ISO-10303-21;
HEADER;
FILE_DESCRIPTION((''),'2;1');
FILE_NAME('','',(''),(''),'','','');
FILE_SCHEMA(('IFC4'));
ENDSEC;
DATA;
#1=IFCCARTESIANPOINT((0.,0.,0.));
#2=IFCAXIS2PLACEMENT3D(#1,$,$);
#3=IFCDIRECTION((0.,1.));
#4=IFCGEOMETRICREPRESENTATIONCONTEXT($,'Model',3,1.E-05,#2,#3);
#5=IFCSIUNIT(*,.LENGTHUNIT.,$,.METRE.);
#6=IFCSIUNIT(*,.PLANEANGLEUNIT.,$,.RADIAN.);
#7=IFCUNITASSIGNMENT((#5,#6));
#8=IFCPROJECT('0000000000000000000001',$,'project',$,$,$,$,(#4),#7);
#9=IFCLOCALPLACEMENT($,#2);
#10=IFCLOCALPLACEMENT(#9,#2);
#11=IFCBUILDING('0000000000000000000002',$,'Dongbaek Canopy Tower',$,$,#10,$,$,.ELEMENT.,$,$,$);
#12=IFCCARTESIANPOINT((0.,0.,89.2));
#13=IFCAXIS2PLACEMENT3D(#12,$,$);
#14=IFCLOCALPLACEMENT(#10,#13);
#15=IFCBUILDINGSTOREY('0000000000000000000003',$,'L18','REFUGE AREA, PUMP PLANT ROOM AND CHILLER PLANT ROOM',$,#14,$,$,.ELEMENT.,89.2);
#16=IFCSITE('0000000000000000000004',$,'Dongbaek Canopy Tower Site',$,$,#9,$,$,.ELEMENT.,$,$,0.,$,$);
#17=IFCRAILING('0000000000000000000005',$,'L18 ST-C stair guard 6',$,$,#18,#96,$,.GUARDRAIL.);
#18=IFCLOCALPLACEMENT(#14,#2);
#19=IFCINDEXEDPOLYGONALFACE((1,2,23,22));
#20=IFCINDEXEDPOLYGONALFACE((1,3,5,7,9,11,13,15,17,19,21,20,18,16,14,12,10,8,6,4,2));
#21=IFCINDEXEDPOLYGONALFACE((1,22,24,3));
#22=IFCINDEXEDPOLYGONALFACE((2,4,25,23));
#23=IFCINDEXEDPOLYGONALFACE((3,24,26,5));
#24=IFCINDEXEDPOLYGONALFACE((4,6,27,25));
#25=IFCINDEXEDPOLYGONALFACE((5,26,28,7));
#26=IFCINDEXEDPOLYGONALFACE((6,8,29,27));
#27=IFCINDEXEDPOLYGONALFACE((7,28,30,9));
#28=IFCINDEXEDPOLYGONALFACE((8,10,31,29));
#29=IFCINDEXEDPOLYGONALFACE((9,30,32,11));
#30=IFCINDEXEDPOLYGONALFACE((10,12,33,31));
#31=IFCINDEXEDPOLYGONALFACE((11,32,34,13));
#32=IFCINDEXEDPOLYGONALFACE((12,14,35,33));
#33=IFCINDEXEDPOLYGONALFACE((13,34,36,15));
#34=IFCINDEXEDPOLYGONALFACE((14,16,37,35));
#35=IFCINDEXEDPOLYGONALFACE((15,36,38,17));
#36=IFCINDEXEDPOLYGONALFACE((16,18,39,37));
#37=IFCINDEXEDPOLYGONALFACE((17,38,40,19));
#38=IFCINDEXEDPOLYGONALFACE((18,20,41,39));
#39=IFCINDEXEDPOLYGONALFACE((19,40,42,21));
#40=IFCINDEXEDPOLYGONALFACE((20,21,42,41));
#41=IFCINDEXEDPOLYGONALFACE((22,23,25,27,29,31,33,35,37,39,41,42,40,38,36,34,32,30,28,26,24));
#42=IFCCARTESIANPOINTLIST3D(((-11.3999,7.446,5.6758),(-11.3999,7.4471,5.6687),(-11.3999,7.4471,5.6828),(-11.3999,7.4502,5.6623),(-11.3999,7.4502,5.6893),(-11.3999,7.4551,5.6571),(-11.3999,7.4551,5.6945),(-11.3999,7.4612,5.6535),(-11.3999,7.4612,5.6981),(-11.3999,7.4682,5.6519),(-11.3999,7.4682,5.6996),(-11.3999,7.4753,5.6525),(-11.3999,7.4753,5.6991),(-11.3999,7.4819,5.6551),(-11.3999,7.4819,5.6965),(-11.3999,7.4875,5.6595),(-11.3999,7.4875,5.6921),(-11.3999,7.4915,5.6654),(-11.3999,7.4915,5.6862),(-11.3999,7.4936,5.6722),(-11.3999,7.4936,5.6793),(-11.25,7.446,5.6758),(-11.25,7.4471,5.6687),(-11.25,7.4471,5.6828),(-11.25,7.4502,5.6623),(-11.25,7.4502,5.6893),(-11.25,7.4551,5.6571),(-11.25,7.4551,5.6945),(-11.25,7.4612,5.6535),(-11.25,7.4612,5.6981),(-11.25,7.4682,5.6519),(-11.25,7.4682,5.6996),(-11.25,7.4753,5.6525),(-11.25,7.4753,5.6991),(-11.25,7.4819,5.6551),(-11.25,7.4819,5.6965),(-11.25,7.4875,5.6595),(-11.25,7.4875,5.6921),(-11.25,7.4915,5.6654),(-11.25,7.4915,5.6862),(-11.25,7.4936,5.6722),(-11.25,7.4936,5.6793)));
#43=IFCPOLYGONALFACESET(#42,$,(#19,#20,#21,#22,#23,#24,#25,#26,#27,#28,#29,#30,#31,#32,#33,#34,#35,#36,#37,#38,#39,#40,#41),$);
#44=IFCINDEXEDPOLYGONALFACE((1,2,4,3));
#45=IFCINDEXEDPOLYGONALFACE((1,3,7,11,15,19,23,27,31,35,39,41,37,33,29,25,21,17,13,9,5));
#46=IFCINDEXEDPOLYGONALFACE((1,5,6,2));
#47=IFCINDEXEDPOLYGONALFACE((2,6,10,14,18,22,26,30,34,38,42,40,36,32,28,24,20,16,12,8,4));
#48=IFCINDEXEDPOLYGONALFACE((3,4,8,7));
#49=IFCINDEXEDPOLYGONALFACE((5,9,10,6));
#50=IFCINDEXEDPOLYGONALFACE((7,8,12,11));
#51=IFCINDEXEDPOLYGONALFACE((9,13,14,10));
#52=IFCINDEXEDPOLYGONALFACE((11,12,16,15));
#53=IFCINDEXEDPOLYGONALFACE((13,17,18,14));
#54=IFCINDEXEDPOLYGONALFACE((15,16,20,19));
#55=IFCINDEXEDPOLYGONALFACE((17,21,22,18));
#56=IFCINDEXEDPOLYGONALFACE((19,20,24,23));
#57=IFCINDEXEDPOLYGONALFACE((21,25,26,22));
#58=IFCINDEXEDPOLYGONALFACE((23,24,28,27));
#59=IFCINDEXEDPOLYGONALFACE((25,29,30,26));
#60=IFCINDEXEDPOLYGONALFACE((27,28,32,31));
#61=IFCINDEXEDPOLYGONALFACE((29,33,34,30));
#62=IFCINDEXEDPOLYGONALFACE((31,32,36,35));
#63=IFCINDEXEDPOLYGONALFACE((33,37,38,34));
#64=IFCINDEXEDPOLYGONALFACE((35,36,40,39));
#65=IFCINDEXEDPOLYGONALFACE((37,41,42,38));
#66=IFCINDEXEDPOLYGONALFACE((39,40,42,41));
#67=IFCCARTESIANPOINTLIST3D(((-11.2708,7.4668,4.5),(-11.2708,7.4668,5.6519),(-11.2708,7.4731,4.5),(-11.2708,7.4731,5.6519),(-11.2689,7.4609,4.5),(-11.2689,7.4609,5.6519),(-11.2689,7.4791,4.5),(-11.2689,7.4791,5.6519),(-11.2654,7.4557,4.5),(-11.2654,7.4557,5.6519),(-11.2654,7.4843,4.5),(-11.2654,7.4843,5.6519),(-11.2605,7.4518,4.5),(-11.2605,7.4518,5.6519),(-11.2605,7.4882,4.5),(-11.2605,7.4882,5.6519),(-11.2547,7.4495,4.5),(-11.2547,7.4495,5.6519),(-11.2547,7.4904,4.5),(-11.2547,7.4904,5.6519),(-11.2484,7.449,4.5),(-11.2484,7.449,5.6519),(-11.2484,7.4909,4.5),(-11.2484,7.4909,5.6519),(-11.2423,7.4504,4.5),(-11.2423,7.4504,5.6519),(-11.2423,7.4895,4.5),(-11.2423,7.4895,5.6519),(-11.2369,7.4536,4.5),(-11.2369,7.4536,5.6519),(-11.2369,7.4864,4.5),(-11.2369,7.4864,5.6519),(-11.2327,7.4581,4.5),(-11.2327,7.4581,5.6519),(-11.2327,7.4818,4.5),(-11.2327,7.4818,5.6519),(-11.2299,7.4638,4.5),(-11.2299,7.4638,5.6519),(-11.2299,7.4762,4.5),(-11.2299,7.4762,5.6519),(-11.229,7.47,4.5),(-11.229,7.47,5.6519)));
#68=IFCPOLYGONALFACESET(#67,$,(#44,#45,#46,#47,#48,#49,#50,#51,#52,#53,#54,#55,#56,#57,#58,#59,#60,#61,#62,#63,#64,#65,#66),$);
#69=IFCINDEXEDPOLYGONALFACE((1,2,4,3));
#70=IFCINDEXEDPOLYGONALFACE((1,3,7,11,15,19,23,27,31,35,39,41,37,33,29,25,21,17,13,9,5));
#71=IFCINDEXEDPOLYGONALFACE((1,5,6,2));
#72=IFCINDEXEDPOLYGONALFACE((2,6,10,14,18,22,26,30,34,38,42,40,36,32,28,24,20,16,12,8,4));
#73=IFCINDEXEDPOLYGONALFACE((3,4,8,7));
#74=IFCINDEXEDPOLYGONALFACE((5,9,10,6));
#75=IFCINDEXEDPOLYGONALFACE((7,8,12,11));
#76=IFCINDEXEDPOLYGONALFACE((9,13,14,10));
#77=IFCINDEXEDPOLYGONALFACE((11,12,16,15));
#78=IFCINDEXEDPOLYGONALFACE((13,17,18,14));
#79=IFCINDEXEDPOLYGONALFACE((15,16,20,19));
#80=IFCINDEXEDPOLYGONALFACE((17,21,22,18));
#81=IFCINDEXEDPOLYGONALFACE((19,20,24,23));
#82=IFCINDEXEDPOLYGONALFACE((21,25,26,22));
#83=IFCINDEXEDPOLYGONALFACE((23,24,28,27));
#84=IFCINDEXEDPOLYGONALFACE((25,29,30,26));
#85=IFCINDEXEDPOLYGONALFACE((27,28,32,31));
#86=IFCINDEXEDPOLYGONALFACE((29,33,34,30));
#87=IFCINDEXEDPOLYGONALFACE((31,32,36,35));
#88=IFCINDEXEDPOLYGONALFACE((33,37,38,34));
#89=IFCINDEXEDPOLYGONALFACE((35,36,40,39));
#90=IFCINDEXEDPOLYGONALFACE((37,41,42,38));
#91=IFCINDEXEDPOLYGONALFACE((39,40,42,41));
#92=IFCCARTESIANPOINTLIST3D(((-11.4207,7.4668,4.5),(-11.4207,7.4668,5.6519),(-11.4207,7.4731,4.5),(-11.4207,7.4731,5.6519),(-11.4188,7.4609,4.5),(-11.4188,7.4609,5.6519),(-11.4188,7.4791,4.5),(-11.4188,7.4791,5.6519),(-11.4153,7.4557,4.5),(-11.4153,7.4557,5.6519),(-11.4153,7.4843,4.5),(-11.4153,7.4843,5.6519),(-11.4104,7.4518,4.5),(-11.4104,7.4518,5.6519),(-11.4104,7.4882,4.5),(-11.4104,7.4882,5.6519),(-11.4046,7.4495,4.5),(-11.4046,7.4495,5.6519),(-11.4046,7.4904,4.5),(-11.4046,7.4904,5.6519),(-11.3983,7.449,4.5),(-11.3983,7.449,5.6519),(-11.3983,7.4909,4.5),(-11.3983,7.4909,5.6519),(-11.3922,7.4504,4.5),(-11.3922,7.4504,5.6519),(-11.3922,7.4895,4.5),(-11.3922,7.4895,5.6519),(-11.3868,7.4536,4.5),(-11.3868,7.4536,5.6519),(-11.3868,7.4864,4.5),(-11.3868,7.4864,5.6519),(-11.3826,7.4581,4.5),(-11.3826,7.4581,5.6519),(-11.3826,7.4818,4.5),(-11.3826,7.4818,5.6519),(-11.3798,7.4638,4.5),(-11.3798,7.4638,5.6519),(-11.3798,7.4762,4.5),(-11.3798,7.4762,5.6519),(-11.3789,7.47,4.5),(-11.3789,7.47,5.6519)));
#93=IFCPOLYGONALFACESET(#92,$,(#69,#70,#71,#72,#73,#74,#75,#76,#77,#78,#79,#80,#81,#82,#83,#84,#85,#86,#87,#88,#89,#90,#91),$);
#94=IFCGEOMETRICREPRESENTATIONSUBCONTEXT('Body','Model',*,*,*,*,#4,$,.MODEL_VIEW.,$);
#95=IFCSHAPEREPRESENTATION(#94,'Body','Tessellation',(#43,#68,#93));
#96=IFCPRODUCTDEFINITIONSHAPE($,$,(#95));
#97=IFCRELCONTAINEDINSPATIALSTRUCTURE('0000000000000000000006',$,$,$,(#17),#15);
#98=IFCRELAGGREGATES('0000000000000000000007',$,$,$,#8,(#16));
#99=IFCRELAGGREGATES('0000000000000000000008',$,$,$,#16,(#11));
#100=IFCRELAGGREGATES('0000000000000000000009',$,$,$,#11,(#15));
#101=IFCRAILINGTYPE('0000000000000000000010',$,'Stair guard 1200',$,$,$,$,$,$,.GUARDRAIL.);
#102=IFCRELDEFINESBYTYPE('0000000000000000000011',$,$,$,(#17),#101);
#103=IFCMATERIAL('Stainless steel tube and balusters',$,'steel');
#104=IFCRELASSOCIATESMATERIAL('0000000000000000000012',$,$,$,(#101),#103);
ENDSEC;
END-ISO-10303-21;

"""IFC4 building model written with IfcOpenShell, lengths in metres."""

from ifc_helpers import new_model, si_unit, direction, frame, origin, origin_2d, place, context, subcontext, project, spatial, circle, extrude, material, type_object, element, save


model = new_model("IFC4")

# Units and contexts
model_context = context("Model", 3, precision=1e-05, world=origin(), true_north=direction((0.0, 1.0)))
body_context = subcontext(model_context, "Body", "Model", "MODEL_VIEW")
ifc_project = project(units=[si_unit("LENGTHUNIT", "METRE"), si_unit("PLANEANGLEUNIT", "RADIAN")], contexts=[model_context])

# Site, building, storey
site_placement = place(None, origin())
site = spatial("IfcSite", under=ifc_project, at=site_placement, Name="Dongbaek Canopy Tower Site", CompositionType="ELEMENT", RefElevation=0.0)
building_placement = place(site_placement, origin())
building = spatial("IfcBuilding", under=site, at=building_placement, Name="Dongbaek Canopy Tower", CompositionType="ELEMENT")
storey_placement = place(building_placement, frame((0.0, 0.0, 89.2)))
storey = spatial("IfcBuildingStorey", under=building, at=storey_placement, Name="L18", Description="REFUGE AREA, PUMP PLANT ROOM AND CHILLER PLANT ROOM", CompositionType="ELEMENT", Elevation=89.2)

# Railing
ifc_material_1 = material(Name="Stainless steel tube and balusters", Category="steel")
railing_type = type_object("IfcRailingType", Name="Stair guard 1200", PredefinedType="GUARDRAIL", material=ifc_material_1)
railing_1_placement = place(storey_placement, frame((-11.25, 7.47, 4.5)))
element("IfcRailing", 1, at=railing_1_placement, inside=storey, type_object=railing_type, Name="L18 ST-C stair guard 6", PredefinedType="GUARDRAIL", context=body_context, shape_type="SweptSolid", body=[
    extrude(circle(Radius=0.0239, at=origin_2d()), frame((0.0, 0.0, 1.1758), z_axis=(-1.0, 0.0, 0.0), x_axis=(0.0, -1.0, 0.0)), (0.0, 0.0, 1.0), 0.1499),
    extrude(circle(Radius=0.021, at=origin_2d()), origin(), (0.0, 0.0, 1.0), 1.1519),
    extrude(circle(Radius=0.021, at=origin_2d()), frame((-0.1499, 0.0, 0.0)), (0.0, 0.0, 1.0), 1.1519),
])

save(model, "model.ifc")
